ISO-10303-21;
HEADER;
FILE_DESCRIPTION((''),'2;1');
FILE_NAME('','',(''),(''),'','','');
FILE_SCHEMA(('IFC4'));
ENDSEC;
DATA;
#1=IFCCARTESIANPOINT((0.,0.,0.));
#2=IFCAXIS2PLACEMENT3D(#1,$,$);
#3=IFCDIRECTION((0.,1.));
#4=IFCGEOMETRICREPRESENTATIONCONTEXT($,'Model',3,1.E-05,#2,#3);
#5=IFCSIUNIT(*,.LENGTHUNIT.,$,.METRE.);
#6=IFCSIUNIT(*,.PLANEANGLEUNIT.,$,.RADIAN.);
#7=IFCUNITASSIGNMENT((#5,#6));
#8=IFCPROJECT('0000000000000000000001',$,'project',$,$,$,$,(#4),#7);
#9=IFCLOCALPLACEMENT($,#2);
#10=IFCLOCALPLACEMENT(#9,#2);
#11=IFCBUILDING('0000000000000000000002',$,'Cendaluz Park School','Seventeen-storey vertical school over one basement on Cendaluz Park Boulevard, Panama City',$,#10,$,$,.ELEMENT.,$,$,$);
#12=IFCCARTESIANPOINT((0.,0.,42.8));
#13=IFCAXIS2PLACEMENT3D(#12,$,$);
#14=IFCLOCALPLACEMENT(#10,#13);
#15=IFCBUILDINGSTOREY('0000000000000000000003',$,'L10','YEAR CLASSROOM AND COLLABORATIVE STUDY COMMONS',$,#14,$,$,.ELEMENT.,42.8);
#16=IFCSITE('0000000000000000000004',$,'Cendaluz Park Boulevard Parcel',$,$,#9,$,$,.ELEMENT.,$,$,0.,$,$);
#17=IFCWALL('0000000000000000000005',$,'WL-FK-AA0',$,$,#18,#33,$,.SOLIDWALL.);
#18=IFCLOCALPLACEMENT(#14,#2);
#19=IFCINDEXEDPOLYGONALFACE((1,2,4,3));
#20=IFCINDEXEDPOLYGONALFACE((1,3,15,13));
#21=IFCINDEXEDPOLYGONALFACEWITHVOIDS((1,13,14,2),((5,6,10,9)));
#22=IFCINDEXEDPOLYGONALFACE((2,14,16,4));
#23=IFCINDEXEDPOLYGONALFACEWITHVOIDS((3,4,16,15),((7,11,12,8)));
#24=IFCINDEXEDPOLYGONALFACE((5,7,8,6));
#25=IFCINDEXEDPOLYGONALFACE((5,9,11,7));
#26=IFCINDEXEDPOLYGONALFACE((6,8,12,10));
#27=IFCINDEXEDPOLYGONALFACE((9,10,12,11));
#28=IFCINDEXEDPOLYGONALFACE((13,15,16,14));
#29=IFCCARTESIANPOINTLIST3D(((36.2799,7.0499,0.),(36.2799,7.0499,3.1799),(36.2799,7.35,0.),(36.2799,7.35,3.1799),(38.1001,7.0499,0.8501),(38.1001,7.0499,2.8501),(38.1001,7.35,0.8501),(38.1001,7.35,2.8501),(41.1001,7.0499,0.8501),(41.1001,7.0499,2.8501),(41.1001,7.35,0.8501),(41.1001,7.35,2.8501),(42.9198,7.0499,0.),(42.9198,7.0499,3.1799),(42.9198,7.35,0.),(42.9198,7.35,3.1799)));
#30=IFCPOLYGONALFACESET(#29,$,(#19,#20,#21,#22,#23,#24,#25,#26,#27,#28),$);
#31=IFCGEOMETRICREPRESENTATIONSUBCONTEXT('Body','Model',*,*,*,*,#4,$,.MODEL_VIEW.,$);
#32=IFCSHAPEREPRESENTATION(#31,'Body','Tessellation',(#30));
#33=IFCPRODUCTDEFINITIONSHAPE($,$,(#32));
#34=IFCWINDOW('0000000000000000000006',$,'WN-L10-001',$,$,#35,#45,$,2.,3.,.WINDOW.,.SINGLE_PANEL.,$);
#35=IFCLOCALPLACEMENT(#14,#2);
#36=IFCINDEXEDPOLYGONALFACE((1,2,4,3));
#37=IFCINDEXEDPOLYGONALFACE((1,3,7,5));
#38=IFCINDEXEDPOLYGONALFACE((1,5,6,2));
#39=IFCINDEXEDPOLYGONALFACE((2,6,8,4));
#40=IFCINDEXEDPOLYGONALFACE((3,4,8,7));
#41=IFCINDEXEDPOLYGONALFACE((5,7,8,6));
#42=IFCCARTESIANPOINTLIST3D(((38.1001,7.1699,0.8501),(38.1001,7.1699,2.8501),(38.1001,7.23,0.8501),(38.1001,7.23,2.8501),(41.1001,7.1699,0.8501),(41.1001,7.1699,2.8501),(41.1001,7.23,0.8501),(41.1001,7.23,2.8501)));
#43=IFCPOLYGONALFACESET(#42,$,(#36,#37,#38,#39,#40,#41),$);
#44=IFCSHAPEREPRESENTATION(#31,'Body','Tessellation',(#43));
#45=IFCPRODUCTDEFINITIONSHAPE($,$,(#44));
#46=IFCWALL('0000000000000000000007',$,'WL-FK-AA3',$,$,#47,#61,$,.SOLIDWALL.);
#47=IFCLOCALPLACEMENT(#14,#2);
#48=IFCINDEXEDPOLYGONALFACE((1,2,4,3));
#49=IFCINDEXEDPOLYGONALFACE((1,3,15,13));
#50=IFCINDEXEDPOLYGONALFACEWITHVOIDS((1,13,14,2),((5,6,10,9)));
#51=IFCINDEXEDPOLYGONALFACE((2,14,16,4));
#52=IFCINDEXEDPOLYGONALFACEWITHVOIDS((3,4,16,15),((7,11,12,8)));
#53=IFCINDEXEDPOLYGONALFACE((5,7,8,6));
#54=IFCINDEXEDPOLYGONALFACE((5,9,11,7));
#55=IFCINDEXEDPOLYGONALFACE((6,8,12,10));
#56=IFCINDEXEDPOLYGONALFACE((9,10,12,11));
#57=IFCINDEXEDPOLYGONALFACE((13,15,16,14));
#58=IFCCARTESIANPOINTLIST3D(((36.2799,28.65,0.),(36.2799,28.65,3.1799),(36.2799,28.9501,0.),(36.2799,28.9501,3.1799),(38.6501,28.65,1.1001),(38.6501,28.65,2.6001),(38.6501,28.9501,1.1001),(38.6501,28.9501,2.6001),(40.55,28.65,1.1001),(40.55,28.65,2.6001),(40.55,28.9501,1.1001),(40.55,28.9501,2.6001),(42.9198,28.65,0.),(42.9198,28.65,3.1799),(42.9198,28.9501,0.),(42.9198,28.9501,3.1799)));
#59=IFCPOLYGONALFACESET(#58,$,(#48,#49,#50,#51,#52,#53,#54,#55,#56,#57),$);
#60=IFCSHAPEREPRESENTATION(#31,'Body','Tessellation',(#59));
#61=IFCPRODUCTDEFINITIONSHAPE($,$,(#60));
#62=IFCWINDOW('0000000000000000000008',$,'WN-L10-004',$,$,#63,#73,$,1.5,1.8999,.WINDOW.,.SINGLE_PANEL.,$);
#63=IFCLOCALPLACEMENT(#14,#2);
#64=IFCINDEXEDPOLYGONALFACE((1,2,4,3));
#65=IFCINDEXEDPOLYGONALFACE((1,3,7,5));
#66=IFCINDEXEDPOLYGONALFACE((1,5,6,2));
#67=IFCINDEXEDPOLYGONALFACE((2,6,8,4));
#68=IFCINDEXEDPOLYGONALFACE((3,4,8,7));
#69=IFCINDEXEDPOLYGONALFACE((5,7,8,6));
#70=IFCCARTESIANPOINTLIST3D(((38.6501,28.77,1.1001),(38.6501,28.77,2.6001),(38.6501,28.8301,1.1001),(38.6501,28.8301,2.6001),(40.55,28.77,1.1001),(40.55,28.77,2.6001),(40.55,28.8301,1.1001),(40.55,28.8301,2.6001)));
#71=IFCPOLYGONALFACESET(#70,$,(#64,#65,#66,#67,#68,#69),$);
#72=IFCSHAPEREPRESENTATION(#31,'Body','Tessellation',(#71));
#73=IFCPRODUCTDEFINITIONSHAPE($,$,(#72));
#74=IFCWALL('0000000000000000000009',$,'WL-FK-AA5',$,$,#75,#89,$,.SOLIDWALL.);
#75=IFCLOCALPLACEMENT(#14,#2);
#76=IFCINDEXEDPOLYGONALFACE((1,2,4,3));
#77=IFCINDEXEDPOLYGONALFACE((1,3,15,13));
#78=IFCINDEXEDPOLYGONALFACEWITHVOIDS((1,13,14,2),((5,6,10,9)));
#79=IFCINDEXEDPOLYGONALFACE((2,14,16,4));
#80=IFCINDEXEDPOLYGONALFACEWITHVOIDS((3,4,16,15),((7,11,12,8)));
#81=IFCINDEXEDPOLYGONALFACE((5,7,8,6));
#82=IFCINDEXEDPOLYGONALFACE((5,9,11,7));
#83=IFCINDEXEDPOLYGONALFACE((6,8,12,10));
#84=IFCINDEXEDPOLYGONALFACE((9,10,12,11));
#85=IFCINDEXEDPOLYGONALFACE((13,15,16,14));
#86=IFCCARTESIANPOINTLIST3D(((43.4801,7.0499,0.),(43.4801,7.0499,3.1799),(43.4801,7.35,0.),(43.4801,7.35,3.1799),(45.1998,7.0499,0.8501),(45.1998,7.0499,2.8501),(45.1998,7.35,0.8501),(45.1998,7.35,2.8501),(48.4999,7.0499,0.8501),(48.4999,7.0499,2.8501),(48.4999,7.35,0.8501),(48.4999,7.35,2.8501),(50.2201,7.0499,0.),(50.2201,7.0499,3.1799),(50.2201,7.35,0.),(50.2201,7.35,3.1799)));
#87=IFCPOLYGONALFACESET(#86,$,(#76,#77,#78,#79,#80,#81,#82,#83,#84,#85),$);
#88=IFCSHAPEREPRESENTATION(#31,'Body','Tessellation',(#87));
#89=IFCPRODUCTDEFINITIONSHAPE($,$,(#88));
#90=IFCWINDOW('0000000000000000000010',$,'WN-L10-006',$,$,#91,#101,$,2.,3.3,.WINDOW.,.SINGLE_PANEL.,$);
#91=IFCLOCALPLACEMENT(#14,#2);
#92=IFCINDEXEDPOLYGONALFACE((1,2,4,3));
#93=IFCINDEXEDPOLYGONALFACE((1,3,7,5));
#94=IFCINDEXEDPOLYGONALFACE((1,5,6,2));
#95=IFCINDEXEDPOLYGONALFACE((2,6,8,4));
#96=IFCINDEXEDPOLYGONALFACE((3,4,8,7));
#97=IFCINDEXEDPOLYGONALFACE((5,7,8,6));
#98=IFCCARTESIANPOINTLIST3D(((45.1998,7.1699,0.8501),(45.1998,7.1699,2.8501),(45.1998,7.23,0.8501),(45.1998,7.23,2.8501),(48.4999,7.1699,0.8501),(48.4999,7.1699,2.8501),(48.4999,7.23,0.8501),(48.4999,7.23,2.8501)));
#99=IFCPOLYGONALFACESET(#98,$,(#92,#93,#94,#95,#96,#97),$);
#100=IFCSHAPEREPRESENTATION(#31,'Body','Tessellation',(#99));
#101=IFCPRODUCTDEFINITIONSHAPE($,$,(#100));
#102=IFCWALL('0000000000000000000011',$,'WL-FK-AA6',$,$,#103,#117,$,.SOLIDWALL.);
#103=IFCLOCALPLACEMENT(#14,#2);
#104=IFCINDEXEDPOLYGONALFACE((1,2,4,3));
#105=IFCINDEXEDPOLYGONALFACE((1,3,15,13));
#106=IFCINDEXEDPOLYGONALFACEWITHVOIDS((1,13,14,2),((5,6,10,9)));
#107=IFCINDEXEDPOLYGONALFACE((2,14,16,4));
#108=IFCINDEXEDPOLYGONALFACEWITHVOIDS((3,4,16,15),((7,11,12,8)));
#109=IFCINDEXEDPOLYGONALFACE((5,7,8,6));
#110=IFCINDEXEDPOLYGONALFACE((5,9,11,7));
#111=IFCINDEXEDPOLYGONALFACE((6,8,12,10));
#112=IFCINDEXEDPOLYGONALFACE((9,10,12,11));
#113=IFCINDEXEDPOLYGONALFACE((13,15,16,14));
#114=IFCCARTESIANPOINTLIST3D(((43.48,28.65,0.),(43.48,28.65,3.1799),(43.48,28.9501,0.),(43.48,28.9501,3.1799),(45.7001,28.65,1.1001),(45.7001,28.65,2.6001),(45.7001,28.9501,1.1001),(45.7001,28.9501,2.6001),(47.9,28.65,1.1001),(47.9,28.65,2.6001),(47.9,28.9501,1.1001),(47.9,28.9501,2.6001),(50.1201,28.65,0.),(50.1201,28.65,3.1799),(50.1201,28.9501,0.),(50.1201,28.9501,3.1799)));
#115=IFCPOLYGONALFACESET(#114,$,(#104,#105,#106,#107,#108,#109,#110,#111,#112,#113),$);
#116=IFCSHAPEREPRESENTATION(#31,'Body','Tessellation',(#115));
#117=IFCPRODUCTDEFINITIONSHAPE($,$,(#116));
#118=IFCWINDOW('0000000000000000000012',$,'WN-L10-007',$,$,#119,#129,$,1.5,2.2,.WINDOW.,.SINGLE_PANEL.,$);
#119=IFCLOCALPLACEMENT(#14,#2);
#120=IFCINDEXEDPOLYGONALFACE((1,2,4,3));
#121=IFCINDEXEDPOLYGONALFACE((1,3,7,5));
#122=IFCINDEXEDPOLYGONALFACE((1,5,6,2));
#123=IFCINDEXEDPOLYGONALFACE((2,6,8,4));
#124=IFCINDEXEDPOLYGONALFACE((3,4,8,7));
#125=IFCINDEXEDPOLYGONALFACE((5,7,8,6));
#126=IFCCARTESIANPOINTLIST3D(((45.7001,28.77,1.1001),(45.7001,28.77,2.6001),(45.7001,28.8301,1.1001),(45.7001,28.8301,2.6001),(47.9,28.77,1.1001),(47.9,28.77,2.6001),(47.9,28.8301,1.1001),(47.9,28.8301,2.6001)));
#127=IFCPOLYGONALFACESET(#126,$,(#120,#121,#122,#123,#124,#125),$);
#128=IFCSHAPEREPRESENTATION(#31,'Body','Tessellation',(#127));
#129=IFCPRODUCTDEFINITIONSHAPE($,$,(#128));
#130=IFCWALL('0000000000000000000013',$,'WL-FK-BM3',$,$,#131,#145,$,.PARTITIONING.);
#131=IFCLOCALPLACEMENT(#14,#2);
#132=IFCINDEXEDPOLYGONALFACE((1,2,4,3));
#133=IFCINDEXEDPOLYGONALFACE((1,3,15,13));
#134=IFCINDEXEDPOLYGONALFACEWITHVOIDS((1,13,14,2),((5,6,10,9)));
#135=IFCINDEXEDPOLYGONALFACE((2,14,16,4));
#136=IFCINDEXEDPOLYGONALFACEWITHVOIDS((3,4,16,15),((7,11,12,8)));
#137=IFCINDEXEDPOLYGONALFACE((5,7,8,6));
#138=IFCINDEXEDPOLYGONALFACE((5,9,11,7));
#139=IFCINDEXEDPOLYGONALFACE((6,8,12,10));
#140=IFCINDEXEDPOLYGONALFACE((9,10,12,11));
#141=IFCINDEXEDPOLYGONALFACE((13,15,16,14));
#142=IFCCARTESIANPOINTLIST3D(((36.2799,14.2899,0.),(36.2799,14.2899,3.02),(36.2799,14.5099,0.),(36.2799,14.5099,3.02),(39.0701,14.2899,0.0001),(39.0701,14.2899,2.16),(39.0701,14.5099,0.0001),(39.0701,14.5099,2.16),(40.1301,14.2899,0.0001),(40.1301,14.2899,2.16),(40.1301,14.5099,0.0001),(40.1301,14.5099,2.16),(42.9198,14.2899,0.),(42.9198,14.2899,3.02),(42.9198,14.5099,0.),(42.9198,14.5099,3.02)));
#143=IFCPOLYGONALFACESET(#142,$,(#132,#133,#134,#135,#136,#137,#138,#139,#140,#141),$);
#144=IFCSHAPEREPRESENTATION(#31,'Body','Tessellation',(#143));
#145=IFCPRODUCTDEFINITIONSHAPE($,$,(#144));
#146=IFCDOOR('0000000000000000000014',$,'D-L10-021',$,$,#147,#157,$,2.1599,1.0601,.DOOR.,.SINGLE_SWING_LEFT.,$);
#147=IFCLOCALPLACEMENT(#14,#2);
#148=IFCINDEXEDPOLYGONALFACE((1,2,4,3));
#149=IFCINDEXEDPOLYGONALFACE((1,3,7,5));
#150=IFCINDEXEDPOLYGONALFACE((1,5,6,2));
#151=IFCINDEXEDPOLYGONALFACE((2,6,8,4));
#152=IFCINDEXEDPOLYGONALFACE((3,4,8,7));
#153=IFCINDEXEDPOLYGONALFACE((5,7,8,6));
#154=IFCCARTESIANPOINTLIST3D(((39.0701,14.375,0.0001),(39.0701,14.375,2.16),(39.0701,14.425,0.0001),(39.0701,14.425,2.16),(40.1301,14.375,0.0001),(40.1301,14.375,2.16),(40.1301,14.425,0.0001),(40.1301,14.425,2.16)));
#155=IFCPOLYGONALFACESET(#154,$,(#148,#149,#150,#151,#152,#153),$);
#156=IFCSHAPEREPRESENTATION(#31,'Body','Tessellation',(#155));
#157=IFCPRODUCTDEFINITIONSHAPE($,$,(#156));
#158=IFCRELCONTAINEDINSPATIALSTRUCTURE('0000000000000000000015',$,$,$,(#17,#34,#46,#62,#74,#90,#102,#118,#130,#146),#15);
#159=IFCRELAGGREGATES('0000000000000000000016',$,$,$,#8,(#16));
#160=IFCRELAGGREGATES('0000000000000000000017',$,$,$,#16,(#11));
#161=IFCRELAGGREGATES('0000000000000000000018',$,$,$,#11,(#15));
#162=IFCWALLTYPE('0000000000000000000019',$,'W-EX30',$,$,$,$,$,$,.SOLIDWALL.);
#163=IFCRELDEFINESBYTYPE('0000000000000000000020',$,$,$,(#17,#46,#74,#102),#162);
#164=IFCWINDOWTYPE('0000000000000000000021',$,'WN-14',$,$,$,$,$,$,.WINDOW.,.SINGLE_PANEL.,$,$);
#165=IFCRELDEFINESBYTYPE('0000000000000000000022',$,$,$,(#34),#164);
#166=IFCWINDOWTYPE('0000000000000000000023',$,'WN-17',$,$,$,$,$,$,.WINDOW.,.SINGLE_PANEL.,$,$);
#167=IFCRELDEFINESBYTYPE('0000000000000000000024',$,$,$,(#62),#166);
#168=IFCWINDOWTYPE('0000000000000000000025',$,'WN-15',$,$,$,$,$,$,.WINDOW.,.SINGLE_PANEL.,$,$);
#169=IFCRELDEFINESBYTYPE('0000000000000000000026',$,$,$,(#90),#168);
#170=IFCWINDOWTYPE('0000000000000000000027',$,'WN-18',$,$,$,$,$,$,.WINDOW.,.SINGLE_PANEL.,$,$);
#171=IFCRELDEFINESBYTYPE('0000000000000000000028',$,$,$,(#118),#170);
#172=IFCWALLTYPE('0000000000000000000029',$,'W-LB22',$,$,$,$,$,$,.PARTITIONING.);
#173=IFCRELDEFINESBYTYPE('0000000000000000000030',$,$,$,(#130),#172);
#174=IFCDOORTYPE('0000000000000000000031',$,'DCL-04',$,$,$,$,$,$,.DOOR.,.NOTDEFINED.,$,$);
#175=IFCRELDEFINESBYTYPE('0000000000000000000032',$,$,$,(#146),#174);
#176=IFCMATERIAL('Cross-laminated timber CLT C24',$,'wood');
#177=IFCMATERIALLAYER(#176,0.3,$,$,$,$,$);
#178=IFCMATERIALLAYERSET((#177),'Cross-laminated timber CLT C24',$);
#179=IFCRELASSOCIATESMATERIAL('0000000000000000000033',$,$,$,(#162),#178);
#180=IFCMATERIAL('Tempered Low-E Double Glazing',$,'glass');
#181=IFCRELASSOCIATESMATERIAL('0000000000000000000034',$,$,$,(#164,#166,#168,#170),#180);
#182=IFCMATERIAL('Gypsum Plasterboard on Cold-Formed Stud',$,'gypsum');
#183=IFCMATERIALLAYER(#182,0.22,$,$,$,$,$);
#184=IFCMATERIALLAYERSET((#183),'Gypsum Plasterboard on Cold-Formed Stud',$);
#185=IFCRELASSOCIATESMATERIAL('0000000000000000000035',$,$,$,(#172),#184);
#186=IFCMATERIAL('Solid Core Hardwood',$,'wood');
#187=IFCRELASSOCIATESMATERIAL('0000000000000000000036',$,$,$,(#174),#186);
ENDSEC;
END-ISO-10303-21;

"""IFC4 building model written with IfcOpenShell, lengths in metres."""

from ifc_helpers import new_model, si_unit, direction, frame, frame_2d, origin, place, context, subcontext, project, spatial, rectangle, extrude, material, layer, layer_set, type_object, element, fill, save


model = new_model("IFC4")

# Units and contexts
model_context = context("Model", 3, precision=1e-05, world=origin(), true_north=direction((0.0, 1.0)))
body_context = subcontext(model_context, "Body", "Model", "MODEL_VIEW")
ifc_project = project(units=[si_unit("LENGTHUNIT", "METRE"), si_unit("PLANEANGLEUNIT", "RADIAN")], contexts=[model_context])

# Site, building, storey
site_placement = place(None, origin())
site = spatial("IfcSite", under=ifc_project, at=site_placement, Name="Cendaluz Park Boulevard Parcel", CompositionType="ELEMENT", RefElevation=0.0)
building_placement = place(site_placement, origin())
building = spatial("IfcBuilding", under=site, at=building_placement, Name="Cendaluz Park School", Description="Seventeen-storey vertical school over one basement on Cendaluz Park Boulevard, Panama City", CompositionType="ELEMENT")
storey_placement = place(building_placement, frame((0.0, 0.0, 42.8)))
storey = spatial("IfcBuildingStorey", under=building, at=storey_placement, Name="L10", Description="YEAR CLASSROOM AND COLLABORATIVE STUDY COMMONS", CompositionType="ELEMENT", Elevation=42.8)

# Walls, openings, windows
ifc_material_1 = material(Name="Cross-laminated timber CLT C24", Category="wood")
ifc_layer_1 = layer(ifc_material_1, 0.3)
ifc_layer_set_1 = layer_set([ifc_layer_1], Name="Cross-laminated timber CLT C24")
wall_type_1 = type_object("IfcWallType", Name="W-EX30", PredefinedType="SOLIDWALL", material=ifc_layer_set_1)
wall_1_placement = place(storey_placement, frame((36.28, 7.2, 0.0), z_axis=(0.0, 0.0, 1.0), x_axis=(1.0, 0.0, 0.0)))
wall_1 = element("IfcWall", 1, at=wall_1_placement, inside=storey, type_object=wall_type_1, Name="WL-FK-AA0", PredefinedType="SOLIDWALL", context=body_context, shape_type="SweptSolid", body=[
    extrude(rectangle(XDim=6.6399, YDim=0.3, at=frame_2d((3.3198, 0.0))), origin(), (0.0, 0.0, 1.0), 3.1799),
])
opening_1_placement = place(wall_1_placement, frame((1.8201, 0.0, 0.8501)))
opening_1 = element("IfcOpeningElement", 2, at=opening_1_placement, cuts=wall_1, PredefinedType="OPENING", context=body_context, shape_type="SweptSolid", body=[
    extrude(rectangle(XDim=3.0, YDim=2.0, at=frame_2d((1.5, 1.0))), frame((0.0, 0.1621, 0.0), z_axis=(0.0, -1.0, 0.0), x_axis=(1.0, 0.0, 0.0)), (0.0, 0.0, 1.0), 0.324),
])
ifc_material_2 = material(Name="Tempered Low-E Double Glazing", Category="glass")
window_type_1 = type_object("IfcWindowType", Name="WN-14", PartitioningType="SINGLE_PANEL", PredefinedType="WINDOW", material=ifc_material_2)
window_1_placement = place(opening_1_placement, origin())
window_1 = element("IfcWindow", 3, at=window_1_placement, inside=storey, type_object=window_type_1, Name="WN-L10-001", OverallHeight=2.0, OverallWidth=3.0, PartitioningType="SINGLE_PANEL", PredefinedType="WINDOW", context=body_context, shape_type="SweptSolid", body=[
    extrude(rectangle(XDim=3.0, YDim=2.0, at=frame_2d((1.5, 1.0))), frame((0.0, 0.03, 0.0), z_axis=(0.0, -1.0, 0.0), x_axis=(1.0, 0.0, 0.0)), (0.0, 0.0, 1.0), 0.0601),
])
fill(opening_1, window_1)
wall_2_placement = place(storey_placement, frame((36.28, 28.8, 0.0), z_axis=(0.0, 0.0, 1.0), x_axis=(1.0, 0.0, 0.0)))
wall_2 = element("IfcWall", 4, at=wall_2_placement, inside=storey, type_object=wall_type_1, Name="WL-FK-AA3", PredefinedType="SOLIDWALL", context=body_context, shape_type="SweptSolid", body=[
    extrude(rectangle(XDim=6.6399, YDim=0.3, at=frame_2d((3.3198, 0.0))), origin(), (0.0, 0.0, 1.0), 3.1799),
])
opening_2_placement = place(wall_2_placement, frame((2.3701, 0.0, 1.1001)))
opening_2 = element("IfcOpeningElement", 5, at=opening_2_placement, cuts=wall_2, PredefinedType="OPENING", context=body_context, shape_type="SweptSolid", body=[
    extrude(rectangle(XDim=1.8999, YDim=1.5, at=frame_2d((0.95, 0.75))), frame((0.0, 0.1621, 0.0), z_axis=(0.0, -1.0, 0.0), x_axis=(1.0, 0.0, 0.0)), (0.0, 0.0, 1.0), 0.324),
])
window_type_2 = type_object("IfcWindowType", Name="WN-17", PartitioningType="SINGLE_PANEL", PredefinedType="WINDOW", material=ifc_material_2)
window_2_placement = place(opening_2_placement, origin())
window_2 = element("IfcWindow", 6, at=window_2_placement, inside=storey, type_object=window_type_2, Name="WN-L10-004", OverallHeight=1.5, OverallWidth=1.8999, PartitioningType="SINGLE_PANEL", PredefinedType="WINDOW", context=body_context, shape_type="SweptSolid", body=[
    extrude(rectangle(XDim=1.8999, YDim=1.5, at=frame_2d((0.95, 0.75))), frame((0.0, 0.03, 0.0), z_axis=(0.0, -1.0, 0.0), x_axis=(1.0, 0.0, 0.0)), (0.0, 0.0, 1.0), 0.0601),
])
fill(opening_2, window_2)
wall_3_placement = place(storey_placement, frame((43.48, 7.2, 0.0), z_axis=(0.0, 0.0, 1.0), x_axis=(1.0, 0.0, 0.0)))
wall_3 = element("IfcWall", 7, at=wall_3_placement, inside=storey, type_object=wall_type_1, Name="WL-FK-AA5", PredefinedType="SOLIDWALL", context=body_context, shape_type="SweptSolid", body=[
    extrude(rectangle(XDim=6.74, YDim=0.3, at=frame_2d((3.3701, 0.0))), origin(), (0.0, 0.0, 1.0), 3.1799),
])
opening_3_placement = place(wall_3_placement, frame((1.72, 0.0, 0.8501)))
opening_3 = element("IfcOpeningElement", 8, at=opening_3_placement, cuts=wall_3, PredefinedType="OPENING", context=body_context, shape_type="SweptSolid", body=[
    extrude(rectangle(XDim=3.3, YDim=2.0, at=frame_2d((1.6499, 1.0))), frame((0.0, 0.1621, 0.0), z_axis=(0.0, -1.0, 0.0), x_axis=(1.0, 0.0, 0.0)), (0.0, 0.0, 1.0), 0.324),
])
window_type_3 = type_object("IfcWindowType", Name="WN-15", PartitioningType="SINGLE_PANEL", PredefinedType="WINDOW", material=ifc_material_2)
window_3_placement = place(opening_3_placement, origin())
window_3 = element("IfcWindow", 9, at=window_3_placement, inside=storey, type_object=window_type_3, Name="WN-L10-006", OverallHeight=2.0, OverallWidth=3.3, PartitioningType="SINGLE_PANEL", PredefinedType="WINDOW", context=body_context, shape_type="SweptSolid", body=[
    extrude(rectangle(XDim=3.3, YDim=2.0, at=frame_2d((1.6499, 1.0))), frame((0.0, 0.03, 0.0), z_axis=(0.0, -1.0, 0.0), x_axis=(1.0, 0.0, 0.0)), (0.0, 0.0, 1.0), 0.0601),
])
fill(opening_3, window_3)
wall_4_placement = place(storey_placement, frame((43.48, 28.8, 0.0), z_axis=(0.0, 0.0, 1.0), x_axis=(1.0, 0.0, 0.0)))
wall_4 = element("IfcWall", 10, at=wall_4_placement, inside=storey, type_object=wall_type_1, Name="WL-FK-AA6", PredefinedType="SOLIDWALL", context=body_context, shape_type="SweptSolid", body=[
    extrude(rectangle(XDim=6.6401, YDim=0.3, at=frame_2d((3.3201, 0.0))), origin(), (0.0, 0.0, 1.0), 3.1799),
])
opening_4_placement = place(wall_4_placement, frame((2.22, 0.0, 1.1001)))
opening_4 = element("IfcOpeningElement", 11, at=opening_4_placement, cuts=wall_4, PredefinedType="OPENING", context=body_context, shape_type="SweptSolid", body=[
    extrude(rectangle(XDim=2.2, YDim=1.5, at=frame_2d((1.1001, 0.75))), frame((0.0, 0.1621, 0.0), z_axis=(0.0, -1.0, 0.0), x_axis=(1.0, 0.0, 0.0)), (0.0, 0.0, 1.0), 0.324),
])
window_type_4 = type_object("IfcWindowType", Name="WN-18", PartitioningType="SINGLE_PANEL", PredefinedType="WINDOW", material=ifc_material_2)
window_4_placement = place(opening_4_placement, origin())
window_4 = element("IfcWindow", 12, at=window_4_placement, inside=storey, type_object=window_type_4, Name="WN-L10-007", OverallHeight=1.5, OverallWidth=2.2, PartitioningType="SINGLE_PANEL", PredefinedType="WINDOW", context=body_context, shape_type="SweptSolid", body=[
    extrude(rectangle(XDim=2.2, YDim=1.5, at=frame_2d((1.1001, 0.75))), frame((0.0, 0.03, 0.0), z_axis=(0.0, -1.0, 0.0), x_axis=(1.0, 0.0, 0.0)), (0.0, 0.0, 1.0), 0.0601),
])
fill(opening_4, window_4)

# Wall, opening, door
ifc_material_3 = material(Name="Gypsum Plasterboard on Cold-Formed Stud", Category="gypsum")
ifc_layer_2 = layer(ifc_material_3, 0.22)
ifc_layer_set_2 = layer_set([ifc_layer_2], Name="Gypsum Plasterboard on Cold-Formed Stud")
wall_type_2 = type_object("IfcWallType", Name="W-LB22", PredefinedType="PARTITIONING", material=ifc_layer_set_2)
wall_5_placement = place(storey_placement, frame((36.28, 14.3999, 0.0), z_axis=(0.0, 0.0, 1.0), x_axis=(1.0, 0.0, 0.0)))
wall_5 = element("IfcWall", 13, at=wall_5_placement, inside=storey, type_object=wall_type_2, Name="WL-FK-BM3", PredefinedType="PARTITIONING", context=body_context, shape_type="SweptSolid", body=[
    extrude(rectangle(XDim=6.6399, YDim=0.22, at=frame_2d((3.3198, 0.0))), origin(), (0.0, 0.0, 1.0), 3.02),
])
opening_5_placement = place(wall_5_placement, frame((2.79, 0.0, 0.0)))
opening_5 = element("IfcOpeningElement", 14, at=opening_5_placement, cuts=wall_5, PredefinedType="OPENING", context=body_context, shape_type="SweptSolid", body=[
    extrude(rectangle(XDim=1.0601, YDim=2.1599, at=frame_2d((0.53, 1.0801))), frame((0.0, 0.1221, 0.0), z_axis=(0.0, -1.0, 0.0), x_axis=(1.0, 0.0, 0.0)), (0.0, 0.0, 1.0), 0.2439),
])
ifc_material_4 = material(Name="Solid Core Hardwood", Category="wood")
door_type_1 = type_object("IfcDoorType", Name="DCL-04", OperationType="NOTDEFINED", PredefinedType="DOOR", material=ifc_material_4)
door_1_placement = place(opening_5_placement, frame((1.0601, 0.0, 0.0), z_axis=(0.0, 0.0, 1.0), x_axis=(-1.0, 0.0, 0.0)))
door_1 = element("IfcDoor", 15, at=door_1_placement, inside=storey, type_object=door_type_1, Name="D-L10-021", OperationType="SINGLE_SWING_LEFT", OverallHeight=2.1599, OverallWidth=1.0601, PredefinedType="DOOR", context=body_context, shape_type="SweptSolid", body=[
    extrude(rectangle(XDim=1.0601, YDim=2.1599, at=frame_2d((0.53, 1.0801))), frame((0.0, 0.0249, 0.0), z_axis=(0.0, -1.0, 0.0), x_axis=(1.0, 0.0, 0.0)), (0.0, 0.0, 1.0), 0.05),
])
fill(opening_5, door_1)

save(model, "model.ifc")
